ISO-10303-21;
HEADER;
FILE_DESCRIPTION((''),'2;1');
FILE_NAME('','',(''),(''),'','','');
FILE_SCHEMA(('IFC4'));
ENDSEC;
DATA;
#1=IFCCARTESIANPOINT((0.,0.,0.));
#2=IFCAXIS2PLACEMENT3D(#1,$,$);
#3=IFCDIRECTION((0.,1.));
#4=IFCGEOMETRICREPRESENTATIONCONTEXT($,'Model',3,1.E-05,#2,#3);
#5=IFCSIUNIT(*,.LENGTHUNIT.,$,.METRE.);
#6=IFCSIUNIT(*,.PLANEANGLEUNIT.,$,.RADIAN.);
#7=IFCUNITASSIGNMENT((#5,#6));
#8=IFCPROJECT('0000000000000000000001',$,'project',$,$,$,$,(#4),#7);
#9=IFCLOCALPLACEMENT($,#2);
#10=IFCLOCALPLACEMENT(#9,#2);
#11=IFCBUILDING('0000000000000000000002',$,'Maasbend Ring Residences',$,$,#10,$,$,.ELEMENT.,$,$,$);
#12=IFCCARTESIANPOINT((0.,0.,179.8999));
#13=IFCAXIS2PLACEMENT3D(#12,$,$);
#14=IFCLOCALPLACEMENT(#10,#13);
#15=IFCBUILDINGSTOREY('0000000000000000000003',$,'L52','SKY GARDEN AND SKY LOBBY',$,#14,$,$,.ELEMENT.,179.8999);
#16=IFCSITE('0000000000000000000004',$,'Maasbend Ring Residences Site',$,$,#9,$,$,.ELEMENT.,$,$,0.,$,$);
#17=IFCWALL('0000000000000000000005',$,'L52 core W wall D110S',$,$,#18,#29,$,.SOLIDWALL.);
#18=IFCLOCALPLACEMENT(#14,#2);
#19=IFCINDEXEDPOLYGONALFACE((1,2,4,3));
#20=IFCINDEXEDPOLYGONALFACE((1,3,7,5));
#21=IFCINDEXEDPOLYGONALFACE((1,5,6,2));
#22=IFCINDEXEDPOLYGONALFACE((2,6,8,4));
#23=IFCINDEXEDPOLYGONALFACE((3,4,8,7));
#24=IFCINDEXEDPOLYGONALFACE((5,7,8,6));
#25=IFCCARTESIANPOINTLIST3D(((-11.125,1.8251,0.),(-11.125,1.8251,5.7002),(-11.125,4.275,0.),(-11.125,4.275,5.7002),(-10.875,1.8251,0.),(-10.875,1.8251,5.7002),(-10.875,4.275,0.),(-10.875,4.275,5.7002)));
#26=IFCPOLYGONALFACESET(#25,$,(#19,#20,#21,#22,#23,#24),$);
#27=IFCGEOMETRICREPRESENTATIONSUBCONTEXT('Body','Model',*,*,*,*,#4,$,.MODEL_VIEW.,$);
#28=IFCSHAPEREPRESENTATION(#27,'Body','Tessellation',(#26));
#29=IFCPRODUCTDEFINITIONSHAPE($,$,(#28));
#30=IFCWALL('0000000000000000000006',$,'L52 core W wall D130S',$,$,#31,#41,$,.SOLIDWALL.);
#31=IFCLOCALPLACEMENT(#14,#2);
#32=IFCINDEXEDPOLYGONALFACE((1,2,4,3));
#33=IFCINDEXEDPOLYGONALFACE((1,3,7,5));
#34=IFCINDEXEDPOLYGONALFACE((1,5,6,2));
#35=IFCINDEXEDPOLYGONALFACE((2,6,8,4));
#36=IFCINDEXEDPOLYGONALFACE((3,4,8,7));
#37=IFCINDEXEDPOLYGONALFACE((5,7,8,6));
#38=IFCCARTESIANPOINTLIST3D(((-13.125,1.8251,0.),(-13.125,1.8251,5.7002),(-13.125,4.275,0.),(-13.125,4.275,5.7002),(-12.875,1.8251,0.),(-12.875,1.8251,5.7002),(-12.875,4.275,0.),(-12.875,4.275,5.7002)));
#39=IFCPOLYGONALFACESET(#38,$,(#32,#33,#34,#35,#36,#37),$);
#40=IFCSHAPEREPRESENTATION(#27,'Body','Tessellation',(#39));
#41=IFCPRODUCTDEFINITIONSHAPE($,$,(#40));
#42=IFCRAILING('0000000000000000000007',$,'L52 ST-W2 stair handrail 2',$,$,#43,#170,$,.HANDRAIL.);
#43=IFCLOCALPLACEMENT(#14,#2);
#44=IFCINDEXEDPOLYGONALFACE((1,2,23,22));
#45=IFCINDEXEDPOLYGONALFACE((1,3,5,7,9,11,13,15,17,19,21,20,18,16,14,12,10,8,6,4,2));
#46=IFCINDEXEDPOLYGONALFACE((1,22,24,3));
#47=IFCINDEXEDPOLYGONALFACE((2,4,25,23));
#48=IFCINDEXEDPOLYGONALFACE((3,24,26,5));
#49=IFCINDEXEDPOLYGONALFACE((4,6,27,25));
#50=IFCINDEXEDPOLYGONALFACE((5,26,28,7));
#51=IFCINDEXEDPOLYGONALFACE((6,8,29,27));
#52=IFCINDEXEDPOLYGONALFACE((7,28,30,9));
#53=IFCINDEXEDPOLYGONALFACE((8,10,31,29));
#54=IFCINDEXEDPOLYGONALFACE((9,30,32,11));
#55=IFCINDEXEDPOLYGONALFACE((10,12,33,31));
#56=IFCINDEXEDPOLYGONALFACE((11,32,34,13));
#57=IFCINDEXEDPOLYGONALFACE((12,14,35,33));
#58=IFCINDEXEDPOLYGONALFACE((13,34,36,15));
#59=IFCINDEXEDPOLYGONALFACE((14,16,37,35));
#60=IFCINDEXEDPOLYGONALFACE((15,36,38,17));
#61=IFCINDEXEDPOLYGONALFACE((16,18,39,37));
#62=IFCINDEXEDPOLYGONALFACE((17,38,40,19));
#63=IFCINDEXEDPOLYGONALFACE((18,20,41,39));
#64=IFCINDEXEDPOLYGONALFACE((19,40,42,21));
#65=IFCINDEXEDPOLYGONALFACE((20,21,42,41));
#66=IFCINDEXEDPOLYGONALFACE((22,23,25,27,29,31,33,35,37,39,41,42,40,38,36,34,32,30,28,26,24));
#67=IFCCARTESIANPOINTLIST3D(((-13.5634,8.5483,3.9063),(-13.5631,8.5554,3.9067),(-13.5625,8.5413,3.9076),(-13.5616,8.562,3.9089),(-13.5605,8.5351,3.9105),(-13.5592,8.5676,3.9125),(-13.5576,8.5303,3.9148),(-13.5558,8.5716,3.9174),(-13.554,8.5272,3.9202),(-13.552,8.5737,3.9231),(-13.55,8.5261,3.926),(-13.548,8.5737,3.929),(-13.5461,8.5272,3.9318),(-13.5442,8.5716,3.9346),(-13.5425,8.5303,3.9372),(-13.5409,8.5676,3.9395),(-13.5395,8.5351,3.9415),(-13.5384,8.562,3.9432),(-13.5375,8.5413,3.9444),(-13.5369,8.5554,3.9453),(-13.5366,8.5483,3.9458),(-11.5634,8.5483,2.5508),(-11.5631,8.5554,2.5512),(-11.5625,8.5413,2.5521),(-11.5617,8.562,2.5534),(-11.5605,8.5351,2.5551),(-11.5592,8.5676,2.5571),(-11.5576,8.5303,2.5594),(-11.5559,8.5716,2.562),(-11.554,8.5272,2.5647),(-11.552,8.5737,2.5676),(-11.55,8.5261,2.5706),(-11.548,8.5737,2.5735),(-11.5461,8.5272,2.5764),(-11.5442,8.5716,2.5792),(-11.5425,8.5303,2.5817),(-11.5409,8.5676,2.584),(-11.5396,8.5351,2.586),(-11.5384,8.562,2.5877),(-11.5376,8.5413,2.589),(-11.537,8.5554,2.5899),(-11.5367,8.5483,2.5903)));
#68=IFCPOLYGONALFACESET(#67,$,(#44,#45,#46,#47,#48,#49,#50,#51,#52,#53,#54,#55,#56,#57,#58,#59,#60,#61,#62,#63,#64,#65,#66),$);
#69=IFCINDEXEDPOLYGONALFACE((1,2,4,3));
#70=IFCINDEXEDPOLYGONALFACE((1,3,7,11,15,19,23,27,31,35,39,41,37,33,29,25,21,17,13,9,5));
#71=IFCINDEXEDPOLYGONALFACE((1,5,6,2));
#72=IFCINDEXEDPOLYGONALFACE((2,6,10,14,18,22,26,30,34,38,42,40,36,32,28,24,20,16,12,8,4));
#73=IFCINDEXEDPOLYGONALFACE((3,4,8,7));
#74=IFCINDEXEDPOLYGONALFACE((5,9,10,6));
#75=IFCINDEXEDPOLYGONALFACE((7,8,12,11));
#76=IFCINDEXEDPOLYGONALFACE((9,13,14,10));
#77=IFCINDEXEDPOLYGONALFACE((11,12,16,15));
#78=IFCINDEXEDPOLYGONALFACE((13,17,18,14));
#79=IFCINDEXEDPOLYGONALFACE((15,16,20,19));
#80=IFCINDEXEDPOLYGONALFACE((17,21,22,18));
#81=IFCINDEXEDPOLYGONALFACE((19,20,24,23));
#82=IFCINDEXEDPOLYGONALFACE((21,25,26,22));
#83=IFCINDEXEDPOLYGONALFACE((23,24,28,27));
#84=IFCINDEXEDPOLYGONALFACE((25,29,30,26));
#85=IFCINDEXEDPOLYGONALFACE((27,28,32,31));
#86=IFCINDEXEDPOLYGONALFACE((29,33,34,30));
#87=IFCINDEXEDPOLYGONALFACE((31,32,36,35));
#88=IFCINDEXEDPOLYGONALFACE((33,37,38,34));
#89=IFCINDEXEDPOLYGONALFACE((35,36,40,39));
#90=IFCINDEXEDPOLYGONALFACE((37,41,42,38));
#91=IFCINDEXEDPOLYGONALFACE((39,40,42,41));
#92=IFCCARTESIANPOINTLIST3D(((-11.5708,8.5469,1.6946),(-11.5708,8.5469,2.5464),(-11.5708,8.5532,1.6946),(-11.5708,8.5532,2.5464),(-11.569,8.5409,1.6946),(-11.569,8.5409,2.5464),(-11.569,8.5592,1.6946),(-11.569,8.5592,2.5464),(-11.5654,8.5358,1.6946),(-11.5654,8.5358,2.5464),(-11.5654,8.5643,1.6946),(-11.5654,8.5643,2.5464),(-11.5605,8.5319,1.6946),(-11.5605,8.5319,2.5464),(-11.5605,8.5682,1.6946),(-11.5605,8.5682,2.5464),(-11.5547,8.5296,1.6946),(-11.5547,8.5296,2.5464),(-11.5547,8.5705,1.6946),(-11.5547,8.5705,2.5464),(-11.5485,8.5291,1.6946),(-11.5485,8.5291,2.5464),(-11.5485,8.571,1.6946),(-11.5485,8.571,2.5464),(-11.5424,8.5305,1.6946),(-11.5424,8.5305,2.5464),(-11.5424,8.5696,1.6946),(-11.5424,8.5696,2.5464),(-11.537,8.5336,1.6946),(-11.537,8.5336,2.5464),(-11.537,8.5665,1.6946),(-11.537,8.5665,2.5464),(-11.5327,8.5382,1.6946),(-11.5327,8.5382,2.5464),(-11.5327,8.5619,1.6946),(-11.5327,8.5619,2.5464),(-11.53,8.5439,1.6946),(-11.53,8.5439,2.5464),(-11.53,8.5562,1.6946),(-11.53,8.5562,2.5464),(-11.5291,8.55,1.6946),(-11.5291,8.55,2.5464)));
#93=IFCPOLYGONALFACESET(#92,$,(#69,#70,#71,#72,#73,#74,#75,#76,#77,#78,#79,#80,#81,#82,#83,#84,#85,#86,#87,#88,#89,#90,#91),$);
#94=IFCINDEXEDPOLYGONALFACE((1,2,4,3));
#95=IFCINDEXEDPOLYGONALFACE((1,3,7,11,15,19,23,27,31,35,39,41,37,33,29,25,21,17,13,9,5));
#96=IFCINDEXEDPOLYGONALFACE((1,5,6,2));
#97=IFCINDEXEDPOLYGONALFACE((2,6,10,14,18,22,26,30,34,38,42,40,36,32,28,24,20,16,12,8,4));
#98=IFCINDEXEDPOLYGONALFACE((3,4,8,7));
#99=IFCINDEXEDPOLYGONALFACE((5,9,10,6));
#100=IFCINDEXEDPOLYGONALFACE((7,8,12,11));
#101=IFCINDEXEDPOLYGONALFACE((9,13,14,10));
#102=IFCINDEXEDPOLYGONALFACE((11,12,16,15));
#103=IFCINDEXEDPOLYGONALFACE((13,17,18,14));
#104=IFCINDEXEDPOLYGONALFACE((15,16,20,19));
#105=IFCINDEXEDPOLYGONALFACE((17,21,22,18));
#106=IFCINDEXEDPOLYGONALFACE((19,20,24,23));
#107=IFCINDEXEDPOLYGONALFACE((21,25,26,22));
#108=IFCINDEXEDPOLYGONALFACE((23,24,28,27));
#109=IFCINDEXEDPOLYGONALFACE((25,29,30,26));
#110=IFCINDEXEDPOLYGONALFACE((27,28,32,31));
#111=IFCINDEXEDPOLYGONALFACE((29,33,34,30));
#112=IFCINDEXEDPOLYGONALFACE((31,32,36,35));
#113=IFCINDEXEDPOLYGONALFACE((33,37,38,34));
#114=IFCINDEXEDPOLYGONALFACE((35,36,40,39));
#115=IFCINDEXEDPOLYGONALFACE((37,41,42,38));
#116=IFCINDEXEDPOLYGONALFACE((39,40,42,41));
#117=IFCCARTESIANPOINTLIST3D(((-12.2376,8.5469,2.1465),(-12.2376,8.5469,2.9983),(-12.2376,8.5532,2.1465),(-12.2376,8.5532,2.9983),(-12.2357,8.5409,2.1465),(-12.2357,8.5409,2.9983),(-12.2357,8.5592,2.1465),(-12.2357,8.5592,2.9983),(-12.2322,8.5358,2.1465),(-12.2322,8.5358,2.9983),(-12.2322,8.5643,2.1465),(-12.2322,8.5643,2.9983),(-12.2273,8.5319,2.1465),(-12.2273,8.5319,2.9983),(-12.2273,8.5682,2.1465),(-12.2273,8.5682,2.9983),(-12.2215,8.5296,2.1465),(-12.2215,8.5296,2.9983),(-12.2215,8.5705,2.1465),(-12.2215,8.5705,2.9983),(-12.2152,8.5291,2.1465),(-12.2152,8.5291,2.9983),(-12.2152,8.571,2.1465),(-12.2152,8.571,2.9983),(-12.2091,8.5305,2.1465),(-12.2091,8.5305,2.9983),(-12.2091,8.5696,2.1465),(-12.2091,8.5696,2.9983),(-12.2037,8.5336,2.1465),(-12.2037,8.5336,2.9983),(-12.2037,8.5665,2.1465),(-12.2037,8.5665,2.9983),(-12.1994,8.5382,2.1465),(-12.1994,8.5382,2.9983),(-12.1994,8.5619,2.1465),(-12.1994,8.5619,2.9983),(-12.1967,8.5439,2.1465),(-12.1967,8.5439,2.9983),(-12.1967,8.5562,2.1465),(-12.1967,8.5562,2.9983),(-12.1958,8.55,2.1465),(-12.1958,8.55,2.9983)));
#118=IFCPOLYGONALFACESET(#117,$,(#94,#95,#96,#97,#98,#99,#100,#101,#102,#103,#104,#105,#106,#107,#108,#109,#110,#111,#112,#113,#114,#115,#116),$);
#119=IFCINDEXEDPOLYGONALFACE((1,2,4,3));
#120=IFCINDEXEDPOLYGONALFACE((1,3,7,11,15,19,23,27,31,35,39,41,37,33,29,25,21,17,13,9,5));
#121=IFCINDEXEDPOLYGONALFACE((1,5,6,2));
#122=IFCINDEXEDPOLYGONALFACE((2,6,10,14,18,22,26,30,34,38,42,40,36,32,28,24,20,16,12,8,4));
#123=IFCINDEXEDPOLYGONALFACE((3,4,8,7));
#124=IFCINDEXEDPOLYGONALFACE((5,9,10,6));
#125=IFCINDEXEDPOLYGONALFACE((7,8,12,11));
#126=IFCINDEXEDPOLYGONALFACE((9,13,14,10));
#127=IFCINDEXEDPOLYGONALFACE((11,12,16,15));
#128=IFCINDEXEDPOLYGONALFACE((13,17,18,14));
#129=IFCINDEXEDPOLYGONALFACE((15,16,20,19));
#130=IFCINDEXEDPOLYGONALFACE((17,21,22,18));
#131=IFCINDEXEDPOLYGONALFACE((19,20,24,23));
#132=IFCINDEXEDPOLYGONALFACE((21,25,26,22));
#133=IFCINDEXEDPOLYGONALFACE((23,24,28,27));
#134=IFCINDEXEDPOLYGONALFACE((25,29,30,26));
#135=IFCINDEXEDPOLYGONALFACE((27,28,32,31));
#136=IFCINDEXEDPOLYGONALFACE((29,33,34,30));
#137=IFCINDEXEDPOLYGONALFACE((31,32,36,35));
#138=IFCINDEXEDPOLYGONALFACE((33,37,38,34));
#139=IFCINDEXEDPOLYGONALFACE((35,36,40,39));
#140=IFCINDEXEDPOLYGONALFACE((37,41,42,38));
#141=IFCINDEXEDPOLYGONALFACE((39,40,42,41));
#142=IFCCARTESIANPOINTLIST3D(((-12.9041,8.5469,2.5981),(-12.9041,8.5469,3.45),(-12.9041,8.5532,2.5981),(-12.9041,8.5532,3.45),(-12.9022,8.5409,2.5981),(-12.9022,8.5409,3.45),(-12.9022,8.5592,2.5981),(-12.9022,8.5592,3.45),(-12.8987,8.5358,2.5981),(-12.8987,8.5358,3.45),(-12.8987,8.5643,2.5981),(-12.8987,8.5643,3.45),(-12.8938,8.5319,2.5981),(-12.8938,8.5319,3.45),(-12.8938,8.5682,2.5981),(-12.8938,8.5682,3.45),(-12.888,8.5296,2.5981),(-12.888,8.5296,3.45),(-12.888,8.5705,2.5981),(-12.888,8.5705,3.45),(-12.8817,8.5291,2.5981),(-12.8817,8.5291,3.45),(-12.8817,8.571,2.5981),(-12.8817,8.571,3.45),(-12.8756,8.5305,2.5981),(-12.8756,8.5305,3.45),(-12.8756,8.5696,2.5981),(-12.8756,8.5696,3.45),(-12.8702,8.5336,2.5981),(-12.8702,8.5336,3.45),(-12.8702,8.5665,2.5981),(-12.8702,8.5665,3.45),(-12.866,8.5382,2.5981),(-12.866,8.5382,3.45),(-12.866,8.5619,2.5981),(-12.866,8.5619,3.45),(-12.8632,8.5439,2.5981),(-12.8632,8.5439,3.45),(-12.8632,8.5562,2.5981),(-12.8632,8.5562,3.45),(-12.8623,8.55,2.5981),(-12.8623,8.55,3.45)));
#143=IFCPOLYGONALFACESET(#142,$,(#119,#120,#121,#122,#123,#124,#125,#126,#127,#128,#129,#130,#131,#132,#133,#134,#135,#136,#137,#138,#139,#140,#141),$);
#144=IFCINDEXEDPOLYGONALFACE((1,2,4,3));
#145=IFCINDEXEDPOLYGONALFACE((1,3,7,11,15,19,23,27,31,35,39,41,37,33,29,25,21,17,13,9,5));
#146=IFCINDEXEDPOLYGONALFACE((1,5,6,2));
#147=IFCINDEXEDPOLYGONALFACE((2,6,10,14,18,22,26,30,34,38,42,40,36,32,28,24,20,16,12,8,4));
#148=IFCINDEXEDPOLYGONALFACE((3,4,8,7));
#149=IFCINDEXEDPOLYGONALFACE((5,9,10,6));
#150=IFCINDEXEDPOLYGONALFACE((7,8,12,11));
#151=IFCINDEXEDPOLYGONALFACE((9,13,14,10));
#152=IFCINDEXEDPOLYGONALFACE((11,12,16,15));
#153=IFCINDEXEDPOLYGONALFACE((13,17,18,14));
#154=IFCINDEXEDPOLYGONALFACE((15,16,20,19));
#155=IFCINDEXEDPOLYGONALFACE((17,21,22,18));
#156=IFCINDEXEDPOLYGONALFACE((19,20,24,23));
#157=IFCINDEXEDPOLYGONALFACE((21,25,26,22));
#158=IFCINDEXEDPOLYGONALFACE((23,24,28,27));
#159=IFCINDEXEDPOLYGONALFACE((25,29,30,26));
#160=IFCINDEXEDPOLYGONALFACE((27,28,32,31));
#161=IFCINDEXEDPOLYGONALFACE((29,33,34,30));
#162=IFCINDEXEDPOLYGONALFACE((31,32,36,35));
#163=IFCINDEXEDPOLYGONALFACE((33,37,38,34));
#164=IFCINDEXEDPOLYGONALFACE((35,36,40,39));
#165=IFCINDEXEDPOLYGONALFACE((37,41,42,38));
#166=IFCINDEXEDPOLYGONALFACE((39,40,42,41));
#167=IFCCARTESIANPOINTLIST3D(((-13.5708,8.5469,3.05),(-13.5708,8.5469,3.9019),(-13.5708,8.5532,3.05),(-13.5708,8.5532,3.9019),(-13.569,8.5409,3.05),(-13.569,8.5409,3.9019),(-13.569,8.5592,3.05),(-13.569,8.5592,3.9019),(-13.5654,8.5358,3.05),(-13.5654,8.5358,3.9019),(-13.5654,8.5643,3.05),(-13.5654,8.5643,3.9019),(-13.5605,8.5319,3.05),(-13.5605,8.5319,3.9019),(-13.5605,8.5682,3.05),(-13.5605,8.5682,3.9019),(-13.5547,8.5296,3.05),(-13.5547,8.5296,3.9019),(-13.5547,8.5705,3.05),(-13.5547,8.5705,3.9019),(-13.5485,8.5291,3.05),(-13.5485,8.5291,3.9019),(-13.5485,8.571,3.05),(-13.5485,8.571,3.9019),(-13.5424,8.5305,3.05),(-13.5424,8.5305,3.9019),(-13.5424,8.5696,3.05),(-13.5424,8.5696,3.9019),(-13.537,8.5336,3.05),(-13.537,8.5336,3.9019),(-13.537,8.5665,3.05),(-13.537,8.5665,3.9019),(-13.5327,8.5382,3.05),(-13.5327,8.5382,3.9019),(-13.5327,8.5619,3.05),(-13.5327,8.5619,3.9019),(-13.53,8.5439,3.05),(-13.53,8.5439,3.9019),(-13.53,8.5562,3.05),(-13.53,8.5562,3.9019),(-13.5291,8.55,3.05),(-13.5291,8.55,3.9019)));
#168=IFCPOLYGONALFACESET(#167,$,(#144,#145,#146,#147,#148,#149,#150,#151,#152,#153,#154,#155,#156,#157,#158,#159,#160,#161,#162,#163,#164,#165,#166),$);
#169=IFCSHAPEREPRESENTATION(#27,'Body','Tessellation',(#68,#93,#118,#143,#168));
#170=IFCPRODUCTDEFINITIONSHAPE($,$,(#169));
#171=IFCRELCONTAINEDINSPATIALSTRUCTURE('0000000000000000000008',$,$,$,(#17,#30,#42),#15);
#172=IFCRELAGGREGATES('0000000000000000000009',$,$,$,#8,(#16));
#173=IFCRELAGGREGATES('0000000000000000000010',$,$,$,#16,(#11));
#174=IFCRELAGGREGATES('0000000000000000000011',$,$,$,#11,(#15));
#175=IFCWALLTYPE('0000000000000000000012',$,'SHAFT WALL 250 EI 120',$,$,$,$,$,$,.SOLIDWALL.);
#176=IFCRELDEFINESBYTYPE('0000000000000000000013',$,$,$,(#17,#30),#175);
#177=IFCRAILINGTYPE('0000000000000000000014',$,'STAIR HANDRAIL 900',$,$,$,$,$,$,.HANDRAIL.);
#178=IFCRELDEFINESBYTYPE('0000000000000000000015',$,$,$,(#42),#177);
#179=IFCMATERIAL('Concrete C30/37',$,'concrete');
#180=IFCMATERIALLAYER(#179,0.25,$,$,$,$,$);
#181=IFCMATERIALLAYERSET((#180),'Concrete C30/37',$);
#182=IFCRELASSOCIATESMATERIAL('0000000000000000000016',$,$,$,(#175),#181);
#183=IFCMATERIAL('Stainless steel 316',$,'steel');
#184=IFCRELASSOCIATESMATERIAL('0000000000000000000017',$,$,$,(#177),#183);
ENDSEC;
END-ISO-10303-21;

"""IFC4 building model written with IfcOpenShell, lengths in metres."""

from ifc_helpers import new_model, si_unit, direction, frame, frame_2d, origin, origin_2d, place, context, subcontext, project, spatial, rectangle, circle, extrude, material, layer, layer_set, type_object, element, save


model = new_model("IFC4")

# Units and contexts
model_context = context("Model", 3, precision=1e-05, world=origin(), true_north=direction((0.0, 1.0)))
body_context = subcontext(model_context, "Body", "Model", "MODEL_VIEW")
ifc_project = project(units=[si_unit("LENGTHUNIT", "METRE"), si_unit("PLANEANGLEUNIT", "RADIAN")], contexts=[model_context])

# Site, building, storey
site_placement = place(None, origin())
site = spatial("IfcSite", under=ifc_project, at=site_placement, Name="Maasbend Ring Residences Site", CompositionType="ELEMENT", RefElevation=0.0)
building_placement = place(site_placement, origin())
building = spatial("IfcBuilding", under=site, at=building_placement, Name="Maasbend Ring Residences", CompositionType="ELEMENT")
storey_placement = place(building_placement, frame((0.0, 0.0, 179.8999)))
storey = spatial("IfcBuildingStorey", under=building, at=storey_placement, Name="L52", Description="SKY GARDEN AND SKY LOBBY", CompositionType="ELEMENT", Elevation=179.8999)

# Walls
ifc_material_1 = material(Name="Concrete C30/37", Category="concrete")
ifc_layer_1 = layer(ifc_material_1, 0.25)
ifc_layer_set_1 = layer_set([ifc_layer_1], Name="Concrete C30/37")
wall_type_1 = type_object("IfcWallType", Name="SHAFT WALL 250 EI 120", PredefinedType="SOLIDWALL", material=ifc_layer_set_1)
for number, where, z_axis, x_axis, name in (
    (1, (-11.0, 1.825, 0.0), (0.0, 0.0, 1.0), (0.0, 1.0, 0.0), "L52 core W wall D110S"),
    (2, (-13.0, 1.825, 0.0), (0.0, 0.0, 1.0), (0.0, 1.0, 0.0), "L52 core W wall D130S"),
):
    element("IfcWall", number, at=place(storey_placement, frame(where, z_axis=z_axis, x_axis=x_axis)), inside=storey, type_object=wall_type_1, Name=name, PredefinedType="SOLIDWALL", context=body_context, shape_type="SweptSolid", body=[
        extrude(rectangle(XDim=2.45, YDim=0.25, at=frame_2d((1.2251, 0.0))), origin(), (0.0, 0.0, 1.0), 5.7002),
    ])

# Railing
ifc_material_2 = material(Name="Stainless steel 316", Category="steel")
railing_type = type_object("IfcRailingType", Name="STAIR HANDRAIL 900", PredefinedType="HANDRAIL", material=ifc_material_2)
railing_1_placement = place(storey_placement, frame((-11.55, 8.55, 1.6946)))
element("IfcRailing", 3, at=railing_1_placement, inside=storey, type_object=railing_type, Name="L52 ST-W2 stair handrail 2", PredefinedType="HANDRAIL", context=body_context, shape_type="SweptSolid", body=[
    extrude(circle(Radius=0.0239, at=origin_2d()), frame((0.0, 0.0, 0.876), z_axis=(-0.827798, 0.0, 0.561027), x_axis=(0.0, -1.0, 0.0)), (0.0, 0.0, 1.0), 2.416),
    extrude(circle(Radius=0.021, at=origin_2d()), origin(), (0.0, 0.0, 1.0), 0.8518),
    extrude(circle(Radius=0.021, at=origin_2d()), frame((-0.6667, 0.0, 0.4519)), (0.0, 0.0, 1.0), 0.8518),
    extrude(circle(Radius=0.021, at=origin_2d()), frame((-1.3333, 0.0, 0.9036)), (0.0, 0.0, 1.0), 0.8518),
    extrude(circle(Radius=0.021, at=origin_2d()), frame((-2.0, 0.0, 1.3555)), (0.0, 0.0, 1.0), 0.8518),
])

save(model, "model.ifc")
